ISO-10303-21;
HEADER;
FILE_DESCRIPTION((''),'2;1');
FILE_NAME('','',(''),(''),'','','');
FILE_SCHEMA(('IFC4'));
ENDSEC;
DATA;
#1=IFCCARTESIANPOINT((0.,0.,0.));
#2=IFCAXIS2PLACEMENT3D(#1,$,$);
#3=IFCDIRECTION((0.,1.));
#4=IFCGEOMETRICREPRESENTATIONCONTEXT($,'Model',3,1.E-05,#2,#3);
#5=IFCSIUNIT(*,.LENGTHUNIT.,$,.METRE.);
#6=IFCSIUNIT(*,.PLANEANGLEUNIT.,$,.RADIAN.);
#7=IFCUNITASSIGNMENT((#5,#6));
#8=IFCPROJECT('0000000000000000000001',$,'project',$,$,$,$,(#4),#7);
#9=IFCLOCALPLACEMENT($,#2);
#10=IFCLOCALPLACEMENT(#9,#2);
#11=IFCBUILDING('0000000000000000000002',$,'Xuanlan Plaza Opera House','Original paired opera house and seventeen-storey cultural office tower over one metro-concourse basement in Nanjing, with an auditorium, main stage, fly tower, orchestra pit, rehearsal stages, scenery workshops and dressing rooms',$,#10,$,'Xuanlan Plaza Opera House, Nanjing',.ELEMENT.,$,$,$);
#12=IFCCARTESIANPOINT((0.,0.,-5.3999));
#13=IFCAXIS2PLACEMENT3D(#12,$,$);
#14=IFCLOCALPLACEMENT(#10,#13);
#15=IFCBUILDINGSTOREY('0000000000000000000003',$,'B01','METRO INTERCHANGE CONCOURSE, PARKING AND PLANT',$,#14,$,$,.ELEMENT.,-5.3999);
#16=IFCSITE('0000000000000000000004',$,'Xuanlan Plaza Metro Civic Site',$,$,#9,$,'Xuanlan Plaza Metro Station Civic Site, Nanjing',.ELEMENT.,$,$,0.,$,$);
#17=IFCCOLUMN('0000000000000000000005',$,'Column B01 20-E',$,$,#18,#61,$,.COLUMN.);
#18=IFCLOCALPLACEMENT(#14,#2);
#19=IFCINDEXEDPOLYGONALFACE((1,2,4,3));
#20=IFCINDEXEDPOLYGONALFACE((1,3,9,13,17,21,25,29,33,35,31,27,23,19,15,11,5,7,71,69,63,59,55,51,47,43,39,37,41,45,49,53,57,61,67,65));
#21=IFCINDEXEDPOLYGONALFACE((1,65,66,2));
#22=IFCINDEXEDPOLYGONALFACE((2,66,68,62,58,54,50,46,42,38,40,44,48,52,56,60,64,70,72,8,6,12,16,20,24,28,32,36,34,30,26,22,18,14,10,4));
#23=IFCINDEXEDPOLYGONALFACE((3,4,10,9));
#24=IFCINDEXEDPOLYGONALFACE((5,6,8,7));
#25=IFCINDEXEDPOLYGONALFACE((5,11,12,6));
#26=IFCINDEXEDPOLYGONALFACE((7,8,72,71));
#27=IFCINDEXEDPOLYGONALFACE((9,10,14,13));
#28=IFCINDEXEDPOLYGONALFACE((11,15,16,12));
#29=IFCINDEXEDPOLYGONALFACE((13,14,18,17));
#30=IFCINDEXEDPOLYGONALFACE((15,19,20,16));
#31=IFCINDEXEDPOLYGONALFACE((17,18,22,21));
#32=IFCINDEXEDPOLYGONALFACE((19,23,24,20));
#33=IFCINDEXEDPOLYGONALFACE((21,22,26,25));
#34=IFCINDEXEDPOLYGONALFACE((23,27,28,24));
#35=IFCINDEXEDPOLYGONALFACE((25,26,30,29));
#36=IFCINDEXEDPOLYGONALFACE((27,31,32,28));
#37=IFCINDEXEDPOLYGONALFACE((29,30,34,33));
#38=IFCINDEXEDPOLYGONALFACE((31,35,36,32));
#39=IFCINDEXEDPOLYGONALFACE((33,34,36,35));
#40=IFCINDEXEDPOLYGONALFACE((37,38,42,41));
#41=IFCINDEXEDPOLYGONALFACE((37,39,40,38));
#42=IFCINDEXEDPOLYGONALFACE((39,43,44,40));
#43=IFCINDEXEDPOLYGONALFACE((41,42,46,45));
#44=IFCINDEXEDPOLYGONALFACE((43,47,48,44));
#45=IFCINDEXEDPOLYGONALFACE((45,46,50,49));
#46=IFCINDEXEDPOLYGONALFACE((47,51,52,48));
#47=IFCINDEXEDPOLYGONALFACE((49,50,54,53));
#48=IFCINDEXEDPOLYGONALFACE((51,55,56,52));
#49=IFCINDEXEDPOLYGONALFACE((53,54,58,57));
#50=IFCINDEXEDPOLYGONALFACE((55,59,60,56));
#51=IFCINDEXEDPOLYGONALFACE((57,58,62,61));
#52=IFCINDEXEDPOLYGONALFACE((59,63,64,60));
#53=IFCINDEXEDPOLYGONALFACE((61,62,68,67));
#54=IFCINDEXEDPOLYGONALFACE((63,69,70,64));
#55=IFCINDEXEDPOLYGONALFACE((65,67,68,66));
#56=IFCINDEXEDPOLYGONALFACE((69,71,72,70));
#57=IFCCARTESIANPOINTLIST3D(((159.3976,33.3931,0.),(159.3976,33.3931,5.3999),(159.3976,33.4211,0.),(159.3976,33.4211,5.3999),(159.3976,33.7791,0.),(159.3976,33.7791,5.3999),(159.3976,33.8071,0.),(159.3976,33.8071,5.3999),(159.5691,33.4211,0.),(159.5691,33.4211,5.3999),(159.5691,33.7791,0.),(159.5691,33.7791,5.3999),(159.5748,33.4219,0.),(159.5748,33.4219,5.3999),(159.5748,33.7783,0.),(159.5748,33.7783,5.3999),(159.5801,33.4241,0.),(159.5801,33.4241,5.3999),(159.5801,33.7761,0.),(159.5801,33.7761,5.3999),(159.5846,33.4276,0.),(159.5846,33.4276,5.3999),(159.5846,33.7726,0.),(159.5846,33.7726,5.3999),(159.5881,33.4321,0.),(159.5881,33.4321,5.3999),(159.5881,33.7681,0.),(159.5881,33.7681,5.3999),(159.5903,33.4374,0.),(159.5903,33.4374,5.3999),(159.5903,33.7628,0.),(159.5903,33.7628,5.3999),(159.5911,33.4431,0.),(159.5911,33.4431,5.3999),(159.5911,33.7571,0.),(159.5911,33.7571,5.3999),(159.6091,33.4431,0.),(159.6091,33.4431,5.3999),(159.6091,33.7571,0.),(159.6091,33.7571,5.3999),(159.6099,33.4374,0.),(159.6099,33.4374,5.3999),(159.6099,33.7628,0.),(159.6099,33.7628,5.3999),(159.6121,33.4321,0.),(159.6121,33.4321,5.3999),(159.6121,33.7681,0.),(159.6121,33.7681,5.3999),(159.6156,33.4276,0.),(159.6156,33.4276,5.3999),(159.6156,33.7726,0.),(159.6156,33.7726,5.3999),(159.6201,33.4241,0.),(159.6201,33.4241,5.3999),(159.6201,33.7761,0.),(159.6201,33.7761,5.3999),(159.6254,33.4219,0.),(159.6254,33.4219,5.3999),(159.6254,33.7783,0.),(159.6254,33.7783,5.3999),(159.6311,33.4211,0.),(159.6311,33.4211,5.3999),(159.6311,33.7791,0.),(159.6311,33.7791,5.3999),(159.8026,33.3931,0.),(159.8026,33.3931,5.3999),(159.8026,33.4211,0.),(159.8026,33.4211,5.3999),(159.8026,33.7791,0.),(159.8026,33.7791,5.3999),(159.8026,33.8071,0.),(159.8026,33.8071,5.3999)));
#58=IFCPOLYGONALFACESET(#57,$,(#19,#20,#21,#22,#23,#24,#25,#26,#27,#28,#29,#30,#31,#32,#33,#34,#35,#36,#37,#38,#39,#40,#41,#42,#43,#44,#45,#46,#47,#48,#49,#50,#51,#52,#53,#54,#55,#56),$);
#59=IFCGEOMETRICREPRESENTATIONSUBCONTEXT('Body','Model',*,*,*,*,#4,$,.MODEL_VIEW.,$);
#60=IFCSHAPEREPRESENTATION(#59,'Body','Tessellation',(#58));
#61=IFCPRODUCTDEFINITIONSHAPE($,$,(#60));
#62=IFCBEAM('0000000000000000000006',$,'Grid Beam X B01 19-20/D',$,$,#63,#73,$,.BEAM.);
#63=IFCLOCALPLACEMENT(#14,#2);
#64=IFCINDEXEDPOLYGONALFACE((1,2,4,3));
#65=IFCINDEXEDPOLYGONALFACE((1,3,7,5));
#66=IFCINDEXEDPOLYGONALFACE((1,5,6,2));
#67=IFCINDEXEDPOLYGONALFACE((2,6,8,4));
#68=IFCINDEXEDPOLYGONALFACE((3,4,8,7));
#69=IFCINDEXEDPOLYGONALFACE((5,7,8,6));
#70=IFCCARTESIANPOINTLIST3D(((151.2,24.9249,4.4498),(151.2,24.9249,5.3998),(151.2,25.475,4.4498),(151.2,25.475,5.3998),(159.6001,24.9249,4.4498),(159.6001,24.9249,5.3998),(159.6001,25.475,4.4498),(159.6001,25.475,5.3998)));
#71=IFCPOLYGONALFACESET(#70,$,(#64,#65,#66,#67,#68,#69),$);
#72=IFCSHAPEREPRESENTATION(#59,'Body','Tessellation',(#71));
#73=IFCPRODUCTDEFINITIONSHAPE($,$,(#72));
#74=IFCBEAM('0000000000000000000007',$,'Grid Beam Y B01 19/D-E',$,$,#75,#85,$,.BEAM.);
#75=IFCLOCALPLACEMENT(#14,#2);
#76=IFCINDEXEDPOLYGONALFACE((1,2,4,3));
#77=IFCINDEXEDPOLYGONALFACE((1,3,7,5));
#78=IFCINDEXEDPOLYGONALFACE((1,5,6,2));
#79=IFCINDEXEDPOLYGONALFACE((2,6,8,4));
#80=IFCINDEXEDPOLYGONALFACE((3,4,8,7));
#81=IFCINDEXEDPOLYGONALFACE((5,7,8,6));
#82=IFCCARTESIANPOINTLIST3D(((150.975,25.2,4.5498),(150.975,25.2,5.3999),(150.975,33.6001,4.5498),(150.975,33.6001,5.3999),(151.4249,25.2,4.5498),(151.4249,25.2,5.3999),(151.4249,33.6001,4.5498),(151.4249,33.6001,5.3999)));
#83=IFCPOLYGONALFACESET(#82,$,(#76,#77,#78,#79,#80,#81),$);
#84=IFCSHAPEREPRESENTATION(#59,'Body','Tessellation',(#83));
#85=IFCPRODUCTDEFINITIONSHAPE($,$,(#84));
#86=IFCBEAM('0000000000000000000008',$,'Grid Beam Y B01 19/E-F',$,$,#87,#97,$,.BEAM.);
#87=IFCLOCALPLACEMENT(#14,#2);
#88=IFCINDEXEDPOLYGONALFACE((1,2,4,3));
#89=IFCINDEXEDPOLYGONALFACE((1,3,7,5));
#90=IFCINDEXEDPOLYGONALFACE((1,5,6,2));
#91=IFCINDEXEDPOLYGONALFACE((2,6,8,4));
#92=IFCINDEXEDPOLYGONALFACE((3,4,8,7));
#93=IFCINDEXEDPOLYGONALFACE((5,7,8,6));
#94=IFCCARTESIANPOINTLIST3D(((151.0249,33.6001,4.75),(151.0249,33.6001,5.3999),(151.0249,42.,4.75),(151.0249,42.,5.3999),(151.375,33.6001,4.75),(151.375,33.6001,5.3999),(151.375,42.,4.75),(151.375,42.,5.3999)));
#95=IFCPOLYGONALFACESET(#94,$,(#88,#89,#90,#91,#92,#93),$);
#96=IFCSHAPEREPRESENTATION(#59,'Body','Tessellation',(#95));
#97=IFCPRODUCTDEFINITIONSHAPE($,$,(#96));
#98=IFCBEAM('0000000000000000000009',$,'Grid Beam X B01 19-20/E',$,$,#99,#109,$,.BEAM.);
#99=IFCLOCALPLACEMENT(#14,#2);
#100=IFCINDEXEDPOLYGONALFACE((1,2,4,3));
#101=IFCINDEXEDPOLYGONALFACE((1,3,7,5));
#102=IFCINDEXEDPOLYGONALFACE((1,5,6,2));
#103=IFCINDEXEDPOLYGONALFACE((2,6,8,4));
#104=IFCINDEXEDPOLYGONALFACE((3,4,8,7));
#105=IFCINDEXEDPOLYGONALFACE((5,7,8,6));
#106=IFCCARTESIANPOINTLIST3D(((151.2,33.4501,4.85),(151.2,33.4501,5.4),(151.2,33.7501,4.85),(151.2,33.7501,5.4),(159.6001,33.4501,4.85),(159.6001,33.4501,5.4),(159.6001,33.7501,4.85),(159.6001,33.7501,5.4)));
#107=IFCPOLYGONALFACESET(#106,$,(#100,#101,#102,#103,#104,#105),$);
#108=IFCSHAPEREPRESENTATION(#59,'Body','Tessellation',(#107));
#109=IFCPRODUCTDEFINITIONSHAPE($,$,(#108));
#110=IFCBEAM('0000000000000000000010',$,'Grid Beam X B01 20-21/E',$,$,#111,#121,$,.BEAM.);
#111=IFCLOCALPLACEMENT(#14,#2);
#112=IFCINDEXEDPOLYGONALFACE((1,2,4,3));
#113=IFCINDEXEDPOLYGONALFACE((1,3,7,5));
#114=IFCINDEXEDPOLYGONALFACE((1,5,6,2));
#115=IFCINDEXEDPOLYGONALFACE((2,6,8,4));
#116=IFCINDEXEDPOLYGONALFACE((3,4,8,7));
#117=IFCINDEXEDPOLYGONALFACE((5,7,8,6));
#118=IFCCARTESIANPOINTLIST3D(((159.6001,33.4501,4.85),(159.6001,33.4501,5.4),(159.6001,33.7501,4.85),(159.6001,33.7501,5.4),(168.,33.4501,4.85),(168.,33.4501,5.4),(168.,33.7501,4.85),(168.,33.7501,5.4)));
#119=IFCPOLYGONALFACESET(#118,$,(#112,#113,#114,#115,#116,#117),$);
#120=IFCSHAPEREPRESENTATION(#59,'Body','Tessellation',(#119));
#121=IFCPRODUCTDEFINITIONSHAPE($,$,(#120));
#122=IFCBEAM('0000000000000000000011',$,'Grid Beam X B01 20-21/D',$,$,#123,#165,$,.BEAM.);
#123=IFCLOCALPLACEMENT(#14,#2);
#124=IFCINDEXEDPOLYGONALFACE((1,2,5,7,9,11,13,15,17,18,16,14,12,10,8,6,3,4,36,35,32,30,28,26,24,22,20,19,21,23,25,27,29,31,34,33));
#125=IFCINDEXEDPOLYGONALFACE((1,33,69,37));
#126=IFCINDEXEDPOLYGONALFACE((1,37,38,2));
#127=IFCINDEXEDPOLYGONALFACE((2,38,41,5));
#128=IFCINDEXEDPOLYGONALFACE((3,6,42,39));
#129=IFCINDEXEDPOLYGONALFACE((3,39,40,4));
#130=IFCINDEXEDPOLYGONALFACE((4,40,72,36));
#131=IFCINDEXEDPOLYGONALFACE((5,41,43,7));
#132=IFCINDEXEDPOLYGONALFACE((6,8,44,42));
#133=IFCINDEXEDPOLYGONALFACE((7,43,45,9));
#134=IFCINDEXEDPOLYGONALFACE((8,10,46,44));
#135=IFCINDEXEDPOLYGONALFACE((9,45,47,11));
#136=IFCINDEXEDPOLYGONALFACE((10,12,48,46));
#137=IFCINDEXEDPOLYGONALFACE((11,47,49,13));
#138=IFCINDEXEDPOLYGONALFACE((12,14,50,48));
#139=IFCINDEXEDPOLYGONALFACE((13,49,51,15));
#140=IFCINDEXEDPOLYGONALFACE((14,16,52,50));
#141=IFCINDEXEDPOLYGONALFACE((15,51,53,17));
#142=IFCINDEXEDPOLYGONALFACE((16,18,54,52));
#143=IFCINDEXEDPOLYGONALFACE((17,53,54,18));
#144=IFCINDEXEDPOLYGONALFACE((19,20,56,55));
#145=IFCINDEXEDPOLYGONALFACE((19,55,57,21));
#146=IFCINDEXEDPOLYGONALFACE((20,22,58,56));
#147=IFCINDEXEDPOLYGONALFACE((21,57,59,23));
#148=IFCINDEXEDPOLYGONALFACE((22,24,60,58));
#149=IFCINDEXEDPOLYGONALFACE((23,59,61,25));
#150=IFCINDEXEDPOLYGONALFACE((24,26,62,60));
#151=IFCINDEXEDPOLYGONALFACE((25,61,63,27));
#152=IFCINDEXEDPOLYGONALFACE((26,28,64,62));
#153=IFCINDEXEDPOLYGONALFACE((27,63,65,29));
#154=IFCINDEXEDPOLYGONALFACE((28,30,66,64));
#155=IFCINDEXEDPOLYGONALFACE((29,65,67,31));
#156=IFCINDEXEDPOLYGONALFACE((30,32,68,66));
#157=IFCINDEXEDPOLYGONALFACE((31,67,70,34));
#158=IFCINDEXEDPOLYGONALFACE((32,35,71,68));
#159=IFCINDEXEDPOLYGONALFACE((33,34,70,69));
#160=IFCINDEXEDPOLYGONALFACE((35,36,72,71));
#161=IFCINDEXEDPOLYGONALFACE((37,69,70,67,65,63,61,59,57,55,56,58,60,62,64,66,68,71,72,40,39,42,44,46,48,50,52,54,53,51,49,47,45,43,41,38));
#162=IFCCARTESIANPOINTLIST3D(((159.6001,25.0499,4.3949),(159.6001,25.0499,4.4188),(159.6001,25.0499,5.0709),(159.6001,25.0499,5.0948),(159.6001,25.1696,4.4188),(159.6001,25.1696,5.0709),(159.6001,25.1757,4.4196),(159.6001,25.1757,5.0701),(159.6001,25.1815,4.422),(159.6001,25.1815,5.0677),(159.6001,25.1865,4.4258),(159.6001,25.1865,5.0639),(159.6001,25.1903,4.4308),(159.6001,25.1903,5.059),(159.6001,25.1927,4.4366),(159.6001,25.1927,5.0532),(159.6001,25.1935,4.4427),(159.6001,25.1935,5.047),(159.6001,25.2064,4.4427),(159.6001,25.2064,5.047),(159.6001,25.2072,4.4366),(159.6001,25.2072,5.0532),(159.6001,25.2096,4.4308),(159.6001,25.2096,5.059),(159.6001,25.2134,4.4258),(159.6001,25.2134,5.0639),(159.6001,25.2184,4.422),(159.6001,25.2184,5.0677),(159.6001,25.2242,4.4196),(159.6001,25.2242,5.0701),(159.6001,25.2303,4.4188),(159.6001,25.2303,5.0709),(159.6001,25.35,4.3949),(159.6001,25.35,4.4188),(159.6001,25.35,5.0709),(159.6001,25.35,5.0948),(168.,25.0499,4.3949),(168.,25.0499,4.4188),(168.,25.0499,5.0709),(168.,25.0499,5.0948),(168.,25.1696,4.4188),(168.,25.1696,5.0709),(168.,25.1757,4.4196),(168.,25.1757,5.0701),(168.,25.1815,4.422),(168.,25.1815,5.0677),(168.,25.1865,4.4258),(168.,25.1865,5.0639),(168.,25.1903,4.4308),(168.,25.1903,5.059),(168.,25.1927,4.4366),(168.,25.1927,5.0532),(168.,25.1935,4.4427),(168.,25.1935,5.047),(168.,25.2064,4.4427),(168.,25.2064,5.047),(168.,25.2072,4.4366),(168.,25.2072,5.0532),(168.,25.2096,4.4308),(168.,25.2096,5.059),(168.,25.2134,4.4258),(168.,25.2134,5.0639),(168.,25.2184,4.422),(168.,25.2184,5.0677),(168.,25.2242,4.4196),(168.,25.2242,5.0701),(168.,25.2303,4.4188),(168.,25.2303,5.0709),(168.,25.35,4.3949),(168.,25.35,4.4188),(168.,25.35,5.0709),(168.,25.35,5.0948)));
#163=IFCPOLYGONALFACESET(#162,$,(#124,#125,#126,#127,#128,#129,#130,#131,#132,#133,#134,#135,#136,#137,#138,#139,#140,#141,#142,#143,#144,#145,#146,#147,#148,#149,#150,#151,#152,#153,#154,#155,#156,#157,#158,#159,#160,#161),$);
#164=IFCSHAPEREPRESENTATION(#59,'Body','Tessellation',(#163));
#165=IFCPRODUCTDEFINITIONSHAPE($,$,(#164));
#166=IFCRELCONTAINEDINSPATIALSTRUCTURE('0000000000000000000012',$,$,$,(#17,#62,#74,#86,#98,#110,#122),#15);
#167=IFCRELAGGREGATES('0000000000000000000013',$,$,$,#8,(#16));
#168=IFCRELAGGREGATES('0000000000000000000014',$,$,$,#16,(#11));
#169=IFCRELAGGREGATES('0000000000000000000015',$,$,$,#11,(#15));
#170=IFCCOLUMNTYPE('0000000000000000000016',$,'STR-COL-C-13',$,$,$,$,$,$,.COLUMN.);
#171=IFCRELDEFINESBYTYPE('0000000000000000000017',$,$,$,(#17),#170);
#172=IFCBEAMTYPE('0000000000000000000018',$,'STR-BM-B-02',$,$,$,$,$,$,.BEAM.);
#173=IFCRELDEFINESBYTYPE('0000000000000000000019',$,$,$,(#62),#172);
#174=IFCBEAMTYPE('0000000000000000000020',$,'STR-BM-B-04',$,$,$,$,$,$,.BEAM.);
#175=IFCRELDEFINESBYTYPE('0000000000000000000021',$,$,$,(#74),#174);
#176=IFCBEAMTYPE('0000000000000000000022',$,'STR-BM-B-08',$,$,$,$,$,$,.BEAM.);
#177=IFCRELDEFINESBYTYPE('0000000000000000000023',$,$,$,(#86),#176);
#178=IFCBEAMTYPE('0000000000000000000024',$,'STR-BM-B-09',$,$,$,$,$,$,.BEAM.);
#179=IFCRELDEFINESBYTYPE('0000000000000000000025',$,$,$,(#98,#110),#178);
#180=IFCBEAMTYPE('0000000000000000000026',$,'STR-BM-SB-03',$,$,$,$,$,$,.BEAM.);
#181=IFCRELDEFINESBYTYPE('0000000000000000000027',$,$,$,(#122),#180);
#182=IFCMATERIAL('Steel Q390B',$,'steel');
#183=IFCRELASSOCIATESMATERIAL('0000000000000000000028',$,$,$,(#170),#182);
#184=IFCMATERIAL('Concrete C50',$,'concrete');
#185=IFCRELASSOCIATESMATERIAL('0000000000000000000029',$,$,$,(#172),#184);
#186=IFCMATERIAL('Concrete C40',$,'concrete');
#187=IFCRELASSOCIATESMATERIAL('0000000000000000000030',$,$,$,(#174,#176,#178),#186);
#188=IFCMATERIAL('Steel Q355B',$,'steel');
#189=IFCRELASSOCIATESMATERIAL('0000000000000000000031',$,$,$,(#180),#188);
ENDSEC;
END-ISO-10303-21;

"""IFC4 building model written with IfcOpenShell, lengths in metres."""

from ifc_helpers import new_model, si_unit, direction, frame, origin, origin_2d, place, context, subcontext, project, spatial, rectangle, i_section, extrude, material, material_profile, profile_set, type_object, element, save


model = new_model("IFC4")

# Units and contexts
model_context = context("Model", 3, precision=1e-05, world=origin(), true_north=direction((0.0, 1.0)))
body_context = subcontext(model_context, "Body", "Model", "MODEL_VIEW")
ifc_project = project(units=[si_unit("LENGTHUNIT", "METRE"), si_unit("PLANEANGLEUNIT", "RADIAN")], contexts=[model_context])

# Site, building, storey
site_placement = place(None, origin())
site = spatial("IfcSite", under=ifc_project, at=site_placement, Name="Xuanlan Plaza Metro Civic Site", LongName="Xuanlan Plaza Metro Station Civic Site, Nanjing", CompositionType="ELEMENT", RefElevation=0.0)
building_placement = place(site_placement, origin())
building = spatial("IfcBuilding", under=site, at=building_placement, Name="Xuanlan Plaza Opera House", Description="Original paired opera house and seventeen-storey cultural office tower over one metro-concourse basement in Nanjing, with an auditorium, main stage, fly tower, orchestra pit, rehearsal stages, scenery workshops and dressing rooms", LongName="Xuanlan Plaza Opera House, Nanjing", CompositionType="ELEMENT")
storey_placement = place(building_placement, frame((0.0, 0.0, -5.3999)))
storey = spatial("IfcBuildingStorey", under=building, at=storey_placement, Name="B01", Description="METRO INTERCHANGE CONCOURSE, PARKING AND PLANT", CompositionType="ELEMENT", Elevation=-5.3999)

# Shared definitions
ifc_material_1 = material(Name="Concrete C40", Category="concrete")
ifc_material_2 = material(Name="Concrete C50", Category="concrete")

# Column
ifc_material_3 = material(Name="Steel Q390B", Category="steel")
ifc_material_profile_1 = material_profile(ifc_material_3, i_section(OverallWidth=0.405, OverallDepth=0.4141, WebThickness=0.0181, FlangeThickness=0.0281, FilletRadius=0.022, at=origin_2d()), Name="HW 414x405x18x28")
ifc_profile_set_1 = profile_set([ifc_material_profile_1], Name="Steel Q390B")
column_type_1 = type_object("IfcColumnType", Name="STR-COL-C-13", PredefinedType="COLUMN", material=ifc_profile_set_1)
column_1_placement = place(storey_placement, frame((159.6001, 33.6001, 0.0), z_axis=(0.0, 0.0, 1.0), x_axis=(1.0, 0.0, 0.0)))
element("IfcColumn", 1, at=column_1_placement, inside=storey, type_object=column_type_1, Name="Column B01 20-E", PredefinedType="COLUMN", context=body_context, shape_type="SweptSolid", body=[
    extrude(i_section(OverallWidth=0.405, OverallDepth=0.4141, WebThickness=0.0181, FlangeThickness=0.0281, FilletRadius=0.022, at=origin_2d()), origin(), (0.0, 0.0, 1.0), 5.3999),
])

# Beams
ifc_material_profile_2 = material_profile(ifc_material_2, rectangle(XDim=0.55, YDim=0.95, at=origin_2d()), Name="RC-BM 550x950")
ifc_profile_set_2 = profile_set([ifc_material_profile_2], Name="Concrete C50")
beam_type_1 = type_object("IfcBeamType", Name="STR-BM-B-02", PredefinedType="BEAM", material=ifc_profile_set_2)
beam_1_placement = place(storey_placement, frame((151.2, 25.2, 4.9248), z_axis=(1.0, 0.0, 0.0), x_axis=(0.0, 1.0, 0.0)))
element("IfcBeam", 2, at=beam_1_placement, inside=storey, type_object=beam_type_1, Name="Grid Beam X B01 19-20/D", PredefinedType="BEAM", context=body_context, shape_type="SweptSolid", body=[
    extrude(rectangle(XDim=0.55, YDim=0.95, at=origin_2d()), origin(), (0.0, 0.0, 1.0), 8.4001),
])
ifc_material_profile_3 = material_profile(ifc_material_1, rectangle(XDim=0.45, YDim=0.8501, at=origin_2d()), Name="RC-BM 450x850")
ifc_profile_set_3 = profile_set([ifc_material_profile_3], Name="Concrete C40")
beam_type_2 = type_object("IfcBeamType", Name="STR-BM-B-04", PredefinedType="BEAM", material=ifc_profile_set_3)
beam_2_placement = place(storey_placement, frame((151.2, 25.2, 4.9749), z_axis=(0.0, 1.0, 0.0), x_axis=(-1.0, 0.0, 0.0)))
element("IfcBeam", 3, at=beam_2_placement, inside=storey, type_object=beam_type_2, Name="Grid Beam Y B01 19/D-E", PredefinedType="BEAM", context=body_context, shape_type="SweptSolid", body=[
    extrude(rectangle(XDim=0.45, YDim=0.8501, at=origin_2d()), origin(), (0.0, 0.0, 1.0), 8.4001),
])
ifc_material_profile_4 = material_profile(ifc_material_1, rectangle(XDim=0.3501, YDim=0.6499, at=origin_2d()), Name="RC-BM 350x650")
ifc_profile_set_4 = profile_set([ifc_material_profile_4], Name="Concrete C40")
beam_type_3 = type_object("IfcBeamType", Name="STR-BM-B-08", PredefinedType="BEAM", material=ifc_profile_set_4)
beam_3_placement = place(storey_placement, frame((151.2, 33.6001, 5.075), z_axis=(0.0, 1.0, 0.0), x_axis=(-1.0, 0.0, 0.0)))
element("IfcBeam", 4, at=beam_3_placement, inside=storey, type_object=beam_type_3, Name="Grid Beam Y B01 19/E-F", PredefinedType="BEAM", context=body_context, shape_type="SweptSolid", body=[
    extrude(rectangle(XDim=0.3501, YDim=0.6499, at=origin_2d()), origin(), (0.0, 0.0, 1.0), 8.3999),
])
ifc_material_profile_5 = material_profile(ifc_material_1, rectangle(XDim=0.3, YDim=0.55, at=origin_2d()), Name="RC-BM 300x550")
ifc_profile_set_5 = profile_set([ifc_material_profile_5], Name="Concrete C40")
beam_type_4 = type_object("IfcBeamType", Name="STR-BM-B-09", PredefinedType="BEAM", material=ifc_profile_set_5)
beam_4_placement = place(storey_placement, frame((151.2, 33.6001, 5.125), z_axis=(1.0, 0.0, 0.0), x_axis=(0.0, 1.0, 0.0)))
element("IfcBeam", 5, at=beam_4_placement, inside=storey, type_object=beam_type_4, Name="Grid Beam X B01 19-20/E", PredefinedType="BEAM", context=body_context, shape_type="SweptSolid", body=[
    extrude(rectangle(XDim=0.3, YDim=0.55, at=origin_2d()), origin(), (0.0, 0.0, 1.0), 8.4001),
])
beam_5_placement = place(storey_placement, frame((159.6001, 33.6001, 5.125), z_axis=(1.0, 0.0, 0.0), x_axis=(0.0, 1.0, 0.0)))
element("IfcBeam", 6, at=beam_5_placement, inside=storey, type_object=beam_type_4, Name="Grid Beam X B01 20-21/E", PredefinedType="BEAM", context=body_context, shape_type="SweptSolid", body=[
    extrude(rectangle(XDim=0.3, YDim=0.55, at=origin_2d()), origin(), (0.0, 0.0, 1.0), 8.3999),
])
ifc_material_4 = material(Name="Steel Q355B", Category="steel")
ifc_material_profile_6 = material_profile(ifc_material_4, i_section(OverallWidth=0.3, OverallDepth=0.7, WebThickness=0.0129, FlangeThickness=0.0239, FilletRadius=0.0239, at=origin_2d()), Name="HN 700x300x13x24")
ifc_profile_set_6 = profile_set([ifc_material_profile_6], Name="Steel Q355B")
beam_type_5 = type_object("IfcBeamType", Name="STR-BM-SB-03", PredefinedType="BEAM", material=ifc_profile_set_6)
beam_6_placement = place(storey_placement, frame((159.6001, 25.2, 4.7449), z_axis=(1.0, 0.0, 0.0), x_axis=(0.0, 1.0, 0.0)))
element("IfcBeam", 7, at=beam_6_placement, inside=storey, type_object=beam_type_5, Name="Grid Beam X B01 20-21/D", PredefinedType="BEAM", context=body_context, shape_type="SweptSolid", body=[
    extrude(i_section(OverallWidth=0.3, OverallDepth=0.7, WebThickness=0.0129, FlangeThickness=0.0239, FilletRadius=0.0239, at=origin_2d()), origin(), (0.0, 0.0, 1.0), 8.3999),
])

save(model, "model.ifc")
